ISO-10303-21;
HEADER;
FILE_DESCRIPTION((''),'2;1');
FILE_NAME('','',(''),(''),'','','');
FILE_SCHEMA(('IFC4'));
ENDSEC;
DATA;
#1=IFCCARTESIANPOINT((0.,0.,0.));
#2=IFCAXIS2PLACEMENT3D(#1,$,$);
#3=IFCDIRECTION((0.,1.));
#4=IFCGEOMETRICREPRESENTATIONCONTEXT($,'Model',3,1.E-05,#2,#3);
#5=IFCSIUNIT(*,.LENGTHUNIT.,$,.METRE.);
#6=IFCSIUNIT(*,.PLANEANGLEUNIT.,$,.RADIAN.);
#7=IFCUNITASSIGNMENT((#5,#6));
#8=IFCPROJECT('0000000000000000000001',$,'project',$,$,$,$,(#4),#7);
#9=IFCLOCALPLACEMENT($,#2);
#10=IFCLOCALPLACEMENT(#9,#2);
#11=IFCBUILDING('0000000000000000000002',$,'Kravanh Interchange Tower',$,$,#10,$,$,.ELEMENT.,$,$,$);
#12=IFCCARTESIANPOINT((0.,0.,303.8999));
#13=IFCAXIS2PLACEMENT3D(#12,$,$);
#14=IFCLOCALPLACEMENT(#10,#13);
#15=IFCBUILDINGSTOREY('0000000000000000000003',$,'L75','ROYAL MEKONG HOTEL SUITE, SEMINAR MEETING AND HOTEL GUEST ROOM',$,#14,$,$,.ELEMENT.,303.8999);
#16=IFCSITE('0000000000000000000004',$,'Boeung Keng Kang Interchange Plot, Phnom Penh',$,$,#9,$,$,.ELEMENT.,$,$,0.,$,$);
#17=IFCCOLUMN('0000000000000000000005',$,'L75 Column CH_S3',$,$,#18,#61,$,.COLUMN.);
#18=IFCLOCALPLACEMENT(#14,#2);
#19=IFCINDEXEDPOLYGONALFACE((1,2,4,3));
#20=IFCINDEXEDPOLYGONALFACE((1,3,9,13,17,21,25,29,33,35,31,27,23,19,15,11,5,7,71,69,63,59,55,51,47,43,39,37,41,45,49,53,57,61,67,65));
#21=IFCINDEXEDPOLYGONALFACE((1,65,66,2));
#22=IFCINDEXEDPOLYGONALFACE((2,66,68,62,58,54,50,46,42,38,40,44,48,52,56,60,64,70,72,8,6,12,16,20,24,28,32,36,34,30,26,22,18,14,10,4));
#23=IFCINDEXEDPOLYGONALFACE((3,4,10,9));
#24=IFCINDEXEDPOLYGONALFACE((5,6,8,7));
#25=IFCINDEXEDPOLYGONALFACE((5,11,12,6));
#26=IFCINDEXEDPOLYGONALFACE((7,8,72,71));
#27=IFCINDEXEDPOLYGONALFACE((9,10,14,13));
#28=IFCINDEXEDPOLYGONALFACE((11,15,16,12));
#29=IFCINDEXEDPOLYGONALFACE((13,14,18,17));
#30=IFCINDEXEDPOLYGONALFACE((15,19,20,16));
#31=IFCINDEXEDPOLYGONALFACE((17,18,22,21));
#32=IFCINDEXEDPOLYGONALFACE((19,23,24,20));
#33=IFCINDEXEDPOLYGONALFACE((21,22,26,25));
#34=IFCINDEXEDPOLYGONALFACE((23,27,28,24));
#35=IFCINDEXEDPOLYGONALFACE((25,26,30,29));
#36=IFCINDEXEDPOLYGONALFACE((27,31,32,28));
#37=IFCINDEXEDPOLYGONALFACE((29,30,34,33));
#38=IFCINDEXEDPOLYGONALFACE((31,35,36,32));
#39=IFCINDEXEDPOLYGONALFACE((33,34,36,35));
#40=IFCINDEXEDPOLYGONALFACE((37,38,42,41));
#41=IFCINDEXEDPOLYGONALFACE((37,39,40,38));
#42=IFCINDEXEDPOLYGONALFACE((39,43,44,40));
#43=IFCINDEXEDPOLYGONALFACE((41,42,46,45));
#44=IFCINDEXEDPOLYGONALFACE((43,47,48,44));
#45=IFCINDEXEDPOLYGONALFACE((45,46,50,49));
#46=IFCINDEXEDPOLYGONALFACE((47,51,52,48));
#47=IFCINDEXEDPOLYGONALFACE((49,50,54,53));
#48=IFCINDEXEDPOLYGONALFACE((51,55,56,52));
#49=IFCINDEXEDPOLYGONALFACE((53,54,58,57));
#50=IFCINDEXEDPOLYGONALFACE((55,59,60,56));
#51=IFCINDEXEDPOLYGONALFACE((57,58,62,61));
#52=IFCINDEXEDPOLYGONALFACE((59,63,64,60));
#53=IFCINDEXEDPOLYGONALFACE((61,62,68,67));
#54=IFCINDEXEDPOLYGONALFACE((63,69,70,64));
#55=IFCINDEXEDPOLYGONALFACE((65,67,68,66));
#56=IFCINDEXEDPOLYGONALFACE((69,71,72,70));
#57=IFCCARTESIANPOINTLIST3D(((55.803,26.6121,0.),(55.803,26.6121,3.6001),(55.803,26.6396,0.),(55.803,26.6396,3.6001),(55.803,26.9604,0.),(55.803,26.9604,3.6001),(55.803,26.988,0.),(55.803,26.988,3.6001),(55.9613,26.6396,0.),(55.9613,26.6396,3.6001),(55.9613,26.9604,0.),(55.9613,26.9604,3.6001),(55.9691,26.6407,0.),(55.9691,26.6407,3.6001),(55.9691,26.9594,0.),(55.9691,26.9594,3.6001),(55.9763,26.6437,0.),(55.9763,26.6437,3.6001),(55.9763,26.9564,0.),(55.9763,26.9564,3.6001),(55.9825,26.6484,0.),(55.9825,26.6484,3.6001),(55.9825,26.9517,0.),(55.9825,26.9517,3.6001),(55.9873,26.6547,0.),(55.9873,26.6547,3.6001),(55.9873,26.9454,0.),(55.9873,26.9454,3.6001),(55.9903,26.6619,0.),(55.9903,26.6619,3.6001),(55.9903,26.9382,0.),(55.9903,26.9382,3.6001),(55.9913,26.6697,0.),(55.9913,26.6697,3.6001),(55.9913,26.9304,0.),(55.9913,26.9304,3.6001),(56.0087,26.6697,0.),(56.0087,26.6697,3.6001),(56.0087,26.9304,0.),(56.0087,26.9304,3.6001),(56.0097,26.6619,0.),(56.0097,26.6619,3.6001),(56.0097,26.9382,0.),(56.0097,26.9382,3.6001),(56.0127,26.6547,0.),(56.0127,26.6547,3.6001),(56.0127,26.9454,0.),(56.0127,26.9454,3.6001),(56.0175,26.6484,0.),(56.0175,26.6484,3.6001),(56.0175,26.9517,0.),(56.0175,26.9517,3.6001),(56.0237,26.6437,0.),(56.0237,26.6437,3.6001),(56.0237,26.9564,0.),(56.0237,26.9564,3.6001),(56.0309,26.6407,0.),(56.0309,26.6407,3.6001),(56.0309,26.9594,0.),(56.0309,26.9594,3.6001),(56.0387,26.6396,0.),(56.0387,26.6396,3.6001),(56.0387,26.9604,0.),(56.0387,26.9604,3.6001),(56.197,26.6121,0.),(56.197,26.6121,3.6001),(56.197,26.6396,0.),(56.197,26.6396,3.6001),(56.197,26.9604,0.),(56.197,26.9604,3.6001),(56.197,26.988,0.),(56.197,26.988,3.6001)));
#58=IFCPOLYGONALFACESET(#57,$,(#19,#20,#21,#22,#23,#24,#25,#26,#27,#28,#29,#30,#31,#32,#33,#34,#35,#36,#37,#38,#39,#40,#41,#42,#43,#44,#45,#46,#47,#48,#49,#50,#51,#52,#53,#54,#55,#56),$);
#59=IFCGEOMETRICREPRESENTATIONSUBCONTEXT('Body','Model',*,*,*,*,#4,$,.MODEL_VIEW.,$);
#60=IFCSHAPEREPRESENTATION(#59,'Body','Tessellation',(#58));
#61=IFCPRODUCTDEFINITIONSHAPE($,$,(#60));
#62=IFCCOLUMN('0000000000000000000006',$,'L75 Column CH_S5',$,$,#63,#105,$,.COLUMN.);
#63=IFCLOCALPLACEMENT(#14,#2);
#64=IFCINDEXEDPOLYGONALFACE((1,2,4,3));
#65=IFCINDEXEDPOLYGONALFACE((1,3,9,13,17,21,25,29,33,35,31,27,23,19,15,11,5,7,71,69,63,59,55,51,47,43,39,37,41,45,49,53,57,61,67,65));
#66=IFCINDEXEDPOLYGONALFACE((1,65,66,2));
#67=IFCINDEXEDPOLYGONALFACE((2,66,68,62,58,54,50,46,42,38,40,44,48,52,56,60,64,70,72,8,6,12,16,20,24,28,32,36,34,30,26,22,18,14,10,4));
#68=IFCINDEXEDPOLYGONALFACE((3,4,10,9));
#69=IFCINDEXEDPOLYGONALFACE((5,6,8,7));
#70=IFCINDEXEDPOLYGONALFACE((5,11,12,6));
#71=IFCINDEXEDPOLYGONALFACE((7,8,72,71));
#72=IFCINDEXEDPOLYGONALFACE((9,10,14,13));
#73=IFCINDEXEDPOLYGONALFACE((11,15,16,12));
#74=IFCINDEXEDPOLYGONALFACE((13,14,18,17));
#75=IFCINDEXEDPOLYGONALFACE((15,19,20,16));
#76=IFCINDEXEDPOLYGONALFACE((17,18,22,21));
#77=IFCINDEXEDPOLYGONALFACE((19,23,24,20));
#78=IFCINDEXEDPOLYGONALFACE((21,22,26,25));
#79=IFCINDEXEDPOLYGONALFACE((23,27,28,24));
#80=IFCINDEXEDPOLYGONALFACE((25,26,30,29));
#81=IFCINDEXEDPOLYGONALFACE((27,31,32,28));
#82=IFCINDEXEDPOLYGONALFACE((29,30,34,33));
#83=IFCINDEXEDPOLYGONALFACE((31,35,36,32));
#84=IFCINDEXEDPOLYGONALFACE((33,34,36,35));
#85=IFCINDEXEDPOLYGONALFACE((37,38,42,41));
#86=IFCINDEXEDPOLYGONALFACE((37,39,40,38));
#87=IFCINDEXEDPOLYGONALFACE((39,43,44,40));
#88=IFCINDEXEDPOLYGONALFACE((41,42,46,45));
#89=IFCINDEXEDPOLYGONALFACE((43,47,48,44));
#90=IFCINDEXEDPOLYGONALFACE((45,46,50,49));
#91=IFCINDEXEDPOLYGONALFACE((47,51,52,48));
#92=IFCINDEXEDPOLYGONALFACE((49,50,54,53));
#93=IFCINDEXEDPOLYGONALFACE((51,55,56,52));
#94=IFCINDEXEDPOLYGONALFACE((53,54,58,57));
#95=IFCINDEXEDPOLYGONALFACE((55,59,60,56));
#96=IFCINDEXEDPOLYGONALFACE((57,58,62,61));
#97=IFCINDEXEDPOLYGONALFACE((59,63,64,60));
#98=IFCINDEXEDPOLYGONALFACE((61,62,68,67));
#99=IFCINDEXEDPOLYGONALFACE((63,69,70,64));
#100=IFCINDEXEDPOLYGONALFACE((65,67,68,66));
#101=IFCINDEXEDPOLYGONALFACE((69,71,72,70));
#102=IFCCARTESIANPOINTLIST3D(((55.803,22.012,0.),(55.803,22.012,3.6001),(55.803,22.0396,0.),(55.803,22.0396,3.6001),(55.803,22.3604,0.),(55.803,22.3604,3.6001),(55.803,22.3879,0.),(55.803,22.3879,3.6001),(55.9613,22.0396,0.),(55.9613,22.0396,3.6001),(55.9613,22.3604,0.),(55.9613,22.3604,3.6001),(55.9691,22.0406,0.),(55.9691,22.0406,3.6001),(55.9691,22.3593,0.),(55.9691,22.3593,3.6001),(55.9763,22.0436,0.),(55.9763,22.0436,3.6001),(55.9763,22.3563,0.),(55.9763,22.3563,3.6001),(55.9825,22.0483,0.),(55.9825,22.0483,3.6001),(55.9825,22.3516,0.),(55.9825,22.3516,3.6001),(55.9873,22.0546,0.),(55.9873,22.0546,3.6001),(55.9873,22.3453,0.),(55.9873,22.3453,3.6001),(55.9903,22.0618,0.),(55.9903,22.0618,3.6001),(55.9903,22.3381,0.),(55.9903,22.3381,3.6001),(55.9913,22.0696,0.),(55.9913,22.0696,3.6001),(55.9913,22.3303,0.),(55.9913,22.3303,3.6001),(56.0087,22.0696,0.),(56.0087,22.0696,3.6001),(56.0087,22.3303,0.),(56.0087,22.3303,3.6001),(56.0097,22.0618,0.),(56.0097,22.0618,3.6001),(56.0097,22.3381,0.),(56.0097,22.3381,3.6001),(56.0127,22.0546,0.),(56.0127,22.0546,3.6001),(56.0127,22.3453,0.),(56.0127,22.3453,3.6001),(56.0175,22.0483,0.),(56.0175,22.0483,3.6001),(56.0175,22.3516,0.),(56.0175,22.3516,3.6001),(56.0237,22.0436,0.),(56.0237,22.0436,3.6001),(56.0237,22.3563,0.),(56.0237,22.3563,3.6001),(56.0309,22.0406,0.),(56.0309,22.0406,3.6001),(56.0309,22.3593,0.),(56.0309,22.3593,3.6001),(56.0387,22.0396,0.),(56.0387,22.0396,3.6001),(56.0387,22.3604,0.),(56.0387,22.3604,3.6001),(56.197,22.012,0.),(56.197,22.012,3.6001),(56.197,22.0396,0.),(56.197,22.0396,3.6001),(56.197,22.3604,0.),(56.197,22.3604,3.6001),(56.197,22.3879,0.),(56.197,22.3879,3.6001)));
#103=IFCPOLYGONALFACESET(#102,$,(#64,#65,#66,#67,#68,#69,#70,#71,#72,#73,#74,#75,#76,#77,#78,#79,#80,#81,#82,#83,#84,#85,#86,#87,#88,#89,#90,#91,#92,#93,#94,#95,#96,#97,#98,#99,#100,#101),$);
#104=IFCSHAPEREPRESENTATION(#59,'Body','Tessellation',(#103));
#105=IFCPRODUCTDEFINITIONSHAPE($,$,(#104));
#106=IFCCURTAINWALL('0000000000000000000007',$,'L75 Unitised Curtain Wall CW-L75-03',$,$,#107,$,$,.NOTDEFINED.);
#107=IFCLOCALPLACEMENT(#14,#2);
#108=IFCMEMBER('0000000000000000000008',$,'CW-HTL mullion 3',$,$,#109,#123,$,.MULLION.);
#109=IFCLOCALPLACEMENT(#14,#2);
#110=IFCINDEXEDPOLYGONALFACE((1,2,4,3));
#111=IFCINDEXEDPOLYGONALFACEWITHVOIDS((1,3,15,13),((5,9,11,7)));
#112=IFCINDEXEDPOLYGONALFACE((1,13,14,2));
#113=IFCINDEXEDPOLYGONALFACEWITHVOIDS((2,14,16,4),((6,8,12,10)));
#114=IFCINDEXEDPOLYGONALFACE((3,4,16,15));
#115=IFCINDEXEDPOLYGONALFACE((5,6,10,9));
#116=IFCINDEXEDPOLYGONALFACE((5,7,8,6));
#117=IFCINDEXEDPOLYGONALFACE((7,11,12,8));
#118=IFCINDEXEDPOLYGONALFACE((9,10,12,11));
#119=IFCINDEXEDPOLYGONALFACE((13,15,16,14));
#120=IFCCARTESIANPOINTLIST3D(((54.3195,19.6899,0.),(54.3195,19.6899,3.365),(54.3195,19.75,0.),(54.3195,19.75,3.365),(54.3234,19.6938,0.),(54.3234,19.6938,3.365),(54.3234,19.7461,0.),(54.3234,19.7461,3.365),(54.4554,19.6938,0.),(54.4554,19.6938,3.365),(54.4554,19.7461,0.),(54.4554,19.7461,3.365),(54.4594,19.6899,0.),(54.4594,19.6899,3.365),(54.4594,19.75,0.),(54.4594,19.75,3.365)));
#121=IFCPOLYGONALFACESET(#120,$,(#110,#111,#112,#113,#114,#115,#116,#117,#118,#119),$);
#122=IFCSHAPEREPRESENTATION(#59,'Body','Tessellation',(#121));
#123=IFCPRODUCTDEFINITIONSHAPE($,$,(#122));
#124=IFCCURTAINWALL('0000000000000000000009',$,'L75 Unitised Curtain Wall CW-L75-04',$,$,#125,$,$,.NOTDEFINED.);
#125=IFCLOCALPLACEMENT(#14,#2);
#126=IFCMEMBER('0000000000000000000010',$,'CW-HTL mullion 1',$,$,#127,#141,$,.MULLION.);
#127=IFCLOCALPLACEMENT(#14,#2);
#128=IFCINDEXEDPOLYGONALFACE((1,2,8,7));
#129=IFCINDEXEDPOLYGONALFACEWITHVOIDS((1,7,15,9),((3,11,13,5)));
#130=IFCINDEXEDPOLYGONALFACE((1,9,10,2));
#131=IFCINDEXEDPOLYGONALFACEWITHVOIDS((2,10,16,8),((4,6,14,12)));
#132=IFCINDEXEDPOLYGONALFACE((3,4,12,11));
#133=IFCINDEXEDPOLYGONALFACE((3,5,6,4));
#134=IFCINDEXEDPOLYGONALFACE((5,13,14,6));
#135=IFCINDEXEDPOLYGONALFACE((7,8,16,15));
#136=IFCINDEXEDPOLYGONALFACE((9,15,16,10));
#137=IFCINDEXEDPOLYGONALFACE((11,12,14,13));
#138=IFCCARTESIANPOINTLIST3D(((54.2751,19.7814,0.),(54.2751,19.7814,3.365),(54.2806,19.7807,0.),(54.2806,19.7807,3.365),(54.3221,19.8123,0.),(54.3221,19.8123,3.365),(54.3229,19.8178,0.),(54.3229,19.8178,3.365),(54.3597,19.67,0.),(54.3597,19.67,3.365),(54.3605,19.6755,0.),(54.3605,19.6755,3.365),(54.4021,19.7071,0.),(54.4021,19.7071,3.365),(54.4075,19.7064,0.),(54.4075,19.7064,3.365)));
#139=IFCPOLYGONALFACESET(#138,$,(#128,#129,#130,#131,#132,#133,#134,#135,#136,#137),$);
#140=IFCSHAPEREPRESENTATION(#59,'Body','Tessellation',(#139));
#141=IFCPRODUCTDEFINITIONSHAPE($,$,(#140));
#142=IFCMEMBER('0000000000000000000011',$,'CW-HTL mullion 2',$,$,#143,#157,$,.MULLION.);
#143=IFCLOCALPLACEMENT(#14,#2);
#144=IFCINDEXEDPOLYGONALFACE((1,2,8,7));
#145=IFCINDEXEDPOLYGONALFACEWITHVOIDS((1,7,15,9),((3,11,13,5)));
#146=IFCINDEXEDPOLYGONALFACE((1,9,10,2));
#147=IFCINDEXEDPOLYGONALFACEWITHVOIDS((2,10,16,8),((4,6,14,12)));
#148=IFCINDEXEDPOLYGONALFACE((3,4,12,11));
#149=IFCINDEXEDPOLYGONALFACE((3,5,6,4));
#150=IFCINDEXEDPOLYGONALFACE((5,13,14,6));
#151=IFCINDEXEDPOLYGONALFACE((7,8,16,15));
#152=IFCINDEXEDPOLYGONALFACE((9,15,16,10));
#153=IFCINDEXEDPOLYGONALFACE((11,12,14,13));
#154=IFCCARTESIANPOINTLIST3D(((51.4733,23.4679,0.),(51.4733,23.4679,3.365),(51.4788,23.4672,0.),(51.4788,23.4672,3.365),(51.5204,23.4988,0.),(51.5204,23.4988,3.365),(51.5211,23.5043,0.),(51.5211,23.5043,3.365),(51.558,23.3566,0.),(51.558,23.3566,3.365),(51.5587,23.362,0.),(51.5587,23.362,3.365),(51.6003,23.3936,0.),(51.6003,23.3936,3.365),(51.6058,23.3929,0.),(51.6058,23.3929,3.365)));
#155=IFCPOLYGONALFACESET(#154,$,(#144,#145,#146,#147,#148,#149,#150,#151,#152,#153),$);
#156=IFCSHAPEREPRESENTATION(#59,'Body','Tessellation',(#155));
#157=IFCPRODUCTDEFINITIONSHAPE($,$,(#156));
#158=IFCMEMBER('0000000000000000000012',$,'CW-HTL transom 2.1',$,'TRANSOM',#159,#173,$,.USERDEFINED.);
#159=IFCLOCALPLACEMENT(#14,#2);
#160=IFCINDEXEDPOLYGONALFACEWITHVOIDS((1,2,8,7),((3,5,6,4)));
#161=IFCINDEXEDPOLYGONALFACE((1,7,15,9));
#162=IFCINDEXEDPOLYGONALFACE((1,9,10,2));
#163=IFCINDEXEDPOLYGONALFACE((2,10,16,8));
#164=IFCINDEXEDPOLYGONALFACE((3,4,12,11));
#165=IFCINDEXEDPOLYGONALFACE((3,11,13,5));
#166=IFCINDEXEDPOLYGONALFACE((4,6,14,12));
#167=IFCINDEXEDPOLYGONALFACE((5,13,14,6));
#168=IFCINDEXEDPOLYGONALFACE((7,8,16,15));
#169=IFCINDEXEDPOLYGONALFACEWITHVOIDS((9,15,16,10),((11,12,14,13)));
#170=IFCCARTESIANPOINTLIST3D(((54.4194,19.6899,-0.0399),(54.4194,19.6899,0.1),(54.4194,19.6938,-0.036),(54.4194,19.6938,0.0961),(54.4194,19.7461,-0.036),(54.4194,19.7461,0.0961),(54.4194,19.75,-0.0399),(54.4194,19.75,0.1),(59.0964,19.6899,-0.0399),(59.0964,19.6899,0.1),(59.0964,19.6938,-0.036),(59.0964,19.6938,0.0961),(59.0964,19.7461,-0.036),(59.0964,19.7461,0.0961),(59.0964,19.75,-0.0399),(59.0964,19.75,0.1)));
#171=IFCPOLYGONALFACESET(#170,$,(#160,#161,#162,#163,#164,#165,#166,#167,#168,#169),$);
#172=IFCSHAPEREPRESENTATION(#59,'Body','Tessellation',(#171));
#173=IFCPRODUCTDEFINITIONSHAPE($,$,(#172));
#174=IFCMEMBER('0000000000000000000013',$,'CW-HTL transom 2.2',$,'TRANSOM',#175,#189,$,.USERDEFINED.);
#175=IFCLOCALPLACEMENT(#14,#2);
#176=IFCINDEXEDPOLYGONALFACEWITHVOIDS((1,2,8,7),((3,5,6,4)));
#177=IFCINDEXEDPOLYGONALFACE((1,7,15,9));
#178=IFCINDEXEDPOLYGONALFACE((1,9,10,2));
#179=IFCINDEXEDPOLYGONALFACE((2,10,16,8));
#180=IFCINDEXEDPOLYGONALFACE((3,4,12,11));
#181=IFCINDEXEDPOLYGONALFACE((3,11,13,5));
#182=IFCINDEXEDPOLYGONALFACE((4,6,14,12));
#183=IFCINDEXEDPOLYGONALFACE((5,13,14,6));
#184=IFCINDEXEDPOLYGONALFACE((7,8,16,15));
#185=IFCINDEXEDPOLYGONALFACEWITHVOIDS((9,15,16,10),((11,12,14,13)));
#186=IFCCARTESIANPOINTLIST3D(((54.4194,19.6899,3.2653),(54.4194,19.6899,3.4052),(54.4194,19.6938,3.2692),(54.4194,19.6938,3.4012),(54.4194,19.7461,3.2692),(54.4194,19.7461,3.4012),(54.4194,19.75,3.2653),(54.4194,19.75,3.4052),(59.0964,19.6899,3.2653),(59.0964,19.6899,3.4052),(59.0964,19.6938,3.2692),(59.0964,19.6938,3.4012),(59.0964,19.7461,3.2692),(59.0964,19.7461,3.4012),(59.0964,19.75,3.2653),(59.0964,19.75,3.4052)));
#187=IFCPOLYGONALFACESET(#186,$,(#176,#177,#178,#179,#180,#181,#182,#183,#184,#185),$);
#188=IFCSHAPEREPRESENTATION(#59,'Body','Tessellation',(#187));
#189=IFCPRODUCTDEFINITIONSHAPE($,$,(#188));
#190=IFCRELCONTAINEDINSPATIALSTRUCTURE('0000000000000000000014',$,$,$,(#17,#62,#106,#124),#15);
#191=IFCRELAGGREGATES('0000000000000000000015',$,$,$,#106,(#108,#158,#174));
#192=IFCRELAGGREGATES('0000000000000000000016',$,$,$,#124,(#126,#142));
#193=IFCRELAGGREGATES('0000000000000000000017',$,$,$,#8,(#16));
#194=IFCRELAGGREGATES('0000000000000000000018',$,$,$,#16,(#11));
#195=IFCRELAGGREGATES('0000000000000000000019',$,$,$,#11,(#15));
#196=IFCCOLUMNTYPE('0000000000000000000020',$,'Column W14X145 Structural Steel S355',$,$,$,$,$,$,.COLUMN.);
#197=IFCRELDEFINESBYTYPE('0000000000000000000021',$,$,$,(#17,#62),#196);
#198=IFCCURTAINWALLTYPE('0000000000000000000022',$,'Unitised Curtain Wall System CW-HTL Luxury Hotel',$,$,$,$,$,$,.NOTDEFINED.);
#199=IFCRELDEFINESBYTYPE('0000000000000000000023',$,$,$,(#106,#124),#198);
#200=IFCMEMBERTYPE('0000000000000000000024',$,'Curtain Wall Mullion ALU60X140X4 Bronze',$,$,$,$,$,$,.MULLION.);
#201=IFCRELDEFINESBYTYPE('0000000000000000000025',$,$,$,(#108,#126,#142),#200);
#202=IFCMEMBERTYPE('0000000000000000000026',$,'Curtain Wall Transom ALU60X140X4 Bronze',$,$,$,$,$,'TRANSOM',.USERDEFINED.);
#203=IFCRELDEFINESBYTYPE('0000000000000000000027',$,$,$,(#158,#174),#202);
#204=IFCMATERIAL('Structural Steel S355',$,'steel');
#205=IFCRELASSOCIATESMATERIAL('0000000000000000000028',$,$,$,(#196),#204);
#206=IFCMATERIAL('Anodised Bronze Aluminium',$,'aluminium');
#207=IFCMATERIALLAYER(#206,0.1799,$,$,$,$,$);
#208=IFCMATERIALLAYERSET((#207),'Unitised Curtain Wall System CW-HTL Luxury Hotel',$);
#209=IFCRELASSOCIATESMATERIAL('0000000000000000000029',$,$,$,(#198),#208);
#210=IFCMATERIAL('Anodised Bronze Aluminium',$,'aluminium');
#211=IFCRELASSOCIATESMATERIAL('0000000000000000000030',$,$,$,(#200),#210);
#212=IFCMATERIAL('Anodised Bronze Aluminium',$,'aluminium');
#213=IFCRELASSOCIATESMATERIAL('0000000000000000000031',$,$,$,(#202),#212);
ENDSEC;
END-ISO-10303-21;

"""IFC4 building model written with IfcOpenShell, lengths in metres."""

from ifc_helpers import new_model, si_unit, direction, frame, origin, origin_2d, place, context, subcontext, project, spatial, hollow_rectangle, i_section, extrude, material, layer, layer_set, material_profile, profile_set, type_object, element, aggregate, save


model = new_model("IFC4")

# Units and contexts
model_context = context("Model", 3, precision=1e-05, world=origin(), true_north=direction((0.0, 1.0)))
body_context = subcontext(model_context, "Body", "Model", "MODEL_VIEW")
ifc_project = project(units=[si_unit("LENGTHUNIT", "METRE"), si_unit("PLANEANGLEUNIT", "RADIAN")], contexts=[model_context])

# Site, building, storey
site_placement = place(None, origin())
site = spatial("IfcSite", under=ifc_project, at=site_placement, Name="Boeung Keng Kang Interchange Plot, Phnom Penh", CompositionType="ELEMENT", RefElevation=0.0)
building_placement = place(site_placement, origin())
building = spatial("IfcBuilding", under=site, at=building_placement, Name="Kravanh Interchange Tower", CompositionType="ELEMENT")
storey_placement = place(building_placement, frame((0.0, 0.0, 303.8999)))
storey = spatial("IfcBuildingStorey", under=building, at=storey_placement, Name="L75", Description="ROYAL MEKONG HOTEL SUITE, SEMINAR MEETING AND HOTEL GUEST ROOM", CompositionType="ELEMENT", Elevation=303.8999)

# Columns
ifc_material_1 = material(Name="Structural Steel S355", Category="steel")
ifc_material_profile_1 = material_profile(ifc_material_1, i_section(OverallWidth=0.394, OverallDepth=0.376, WebThickness=0.0173, FlangeThickness=0.0276, FilletRadius=0.03, at=origin_2d()), Name="W14X145")
ifc_profile_set_1 = profile_set([ifc_material_profile_1], Name="Structural Steel S355")
column_type = type_object("IfcColumnType", Name="Column W14X145 Structural Steel S355", PredefinedType="COLUMN", material=ifc_profile_set_1)
for number, where, z_axis, x_axis, name in (
    (1, (56.0, 26.8, 0.0), (0.0, 0.0, 1.0), (1.0, 0.0, 0.0), "L75 Column CH_S3"),
    (2, (56.0, 22.2, 0.0), (0.0, 0.0, 1.0), (1.0, 0.0, 0.0), "L75 Column CH_S5"),
):
    element("IfcColumn", number, at=place(storey_placement, frame(where, z_axis=z_axis, x_axis=x_axis)), inside=storey, type_object=column_type, Name=name, PredefinedType="COLUMN", context=body_context, shape_type="SweptSolid", body=[
        extrude(i_section(OverallWidth=0.394, OverallDepth=0.376, WebThickness=0.0173, FlangeThickness=0.0276, FilletRadius=0.03, at=origin_2d()), origin(), (0.0, 0.0, 1.0), 3.6001),
    ])

# Curtain wall, member
ifc_material_2 = material(Name="Anodised Bronze Aluminium", Category="aluminium")
ifc_layer_1 = layer(ifc_material_2, 0.1799)
ifc_layer_set_1 = layer_set([ifc_layer_1], Name="Unitised Curtain Wall System CW-HTL Luxury Hotel")
curtain_wall_type = type_object("IfcCurtainWallType", Name="Unitised Curtain Wall System CW-HTL Luxury Hotel", PredefinedType="NOTDEFINED", material=ifc_layer_set_1)
curtain_wall_1_placement = place(storey_placement, origin())
curtain_wall_1 = element("IfcCurtainWall", 3, at=curtain_wall_1_placement, inside=storey, type_object=curtain_wall_type, Name="L75 Unitised Curtain Wall CW-L75-03", PredefinedType="NOTDEFINED")
ifc_material_3 = material(Name="Anodised Bronze Aluminium", Category="aluminium")
ifc_material_profile_2 = material_profile(ifc_material_3, hollow_rectangle(XDim=0.0601, YDim=0.1399, WallThickness=0.0039, at=origin_2d()), Name="ALU60X140X4")
ifc_profile_set_2 = profile_set([ifc_material_profile_2], Name="Anodised Bronze Aluminium")
member_type_1 = type_object("IfcMemberType", Name="Curtain Wall Mullion ALU60X140X4 Bronze", PredefinedType="MULLION", material=ifc_profile_set_2)
member_1_placement = place(storey_placement, frame((54.3894, 19.72, 0.0), z_axis=(0.0, 0.0, 1.0), x_axis=(0.0, -1.0, 0.0)))
member_1 = element("IfcMember", 4, at=member_1_placement, type_object=member_type_1, Name="CW-HTL mullion 3", PredefinedType="MULLION", context=body_context, shape_type="SweptSolid", body=[
    extrude(hollow_rectangle(XDim=0.0601, YDim=0.1399, WallThickness=0.0039, at=origin_2d()), origin(), (0.0, 0.0, 1.0), 3.365),
])

# Curtain wall, members
curtain_wall_2_placement = place(storey_placement, origin())
curtain_wall_2 = element("IfcCurtainWall", 5, at=curtain_wall_2_placement, inside=storey, type_object=curtain_wall_type, Name="L75 Unitised Curtain Wall CW-L75-04", PredefinedType="NOTDEFINED")
member_2_placement = place(storey_placement, frame((54.3413, 19.7439, 0.0), z_axis=(0.0, 0.0, 1.0), x_axis=(-0.796162, -0.605084, 0.0)))
member_2 = element("IfcMember", 6, at=member_2_placement, type_object=member_type_1, Name="CW-HTL mullion 1", PredefinedType="MULLION", context=body_context, shape_type="SweptSolid", body=[
    extrude(hollow_rectangle(XDim=0.0601, YDim=0.1399, WallThickness=0.0039, at=origin_2d()), origin(), (0.0, 0.0, 1.0), 3.365),
])
member_3_placement = place(storey_placement, frame((51.5396, 23.4304, 0.0), z_axis=(0.0, 0.0, 1.0), x_axis=(-0.796162, -0.605084, 0.0)))
member_3 = element("IfcMember", 7, at=member_3_placement, type_object=member_type_1, Name="CW-HTL mullion 2", PredefinedType="MULLION", context=body_context, shape_type="SweptSolid", body=[
    extrude(hollow_rectangle(XDim=0.0601, YDim=0.1399, WallThickness=0.0039, at=origin_2d()), origin(), (0.0, 0.0, 1.0), 3.365),
])

# Members
ifc_material_4 = material(Name="Anodised Bronze Aluminium", Category="aluminium")
ifc_material_profile_3 = material_profile(ifc_material_4, hollow_rectangle(XDim=0.0601, YDim=0.1399, WallThickness=0.0039, at=origin_2d()), Name="ALU60X140X4")
ifc_profile_set_3 = profile_set([ifc_material_profile_3], Name="Anodised Bronze Aluminium")
member_type_2 = type_object("IfcMemberType", Name="Curtain Wall Transom ALU60X140X4 Bronze", ElementType="TRANSOM", PredefinedType="USERDEFINED", material=ifc_profile_set_3)
member_4_placement = place(storey_placement, frame((59.0964, 19.72, 0.03), z_axis=(-1.0, 0.0, 0.0), x_axis=(0.0, -1.0, 0.0)))
member_4 = element("IfcMember", 8, at=member_4_placement, type_object=member_type_2, Name="CW-HTL transom 2.1", ObjectType="TRANSOM", PredefinedType="USERDEFINED", context=body_context, shape_type="SweptSolid", body=[
    extrude(hollow_rectangle(XDim=0.0601, YDim=0.1399, WallThickness=0.0039, at=origin_2d()), origin(), (0.0, 0.0, 1.0), 4.677),
])
member_5_placement = place(storey_placement, frame((59.0964, 19.72, 3.3352), z_axis=(-1.0, 0.0, 0.0), x_axis=(0.0, -1.0, 0.0)))
member_5 = element("IfcMember", 9, at=member_5_placement, type_object=member_type_2, Name="CW-HTL transom 2.2", ObjectType="TRANSOM", PredefinedType="USERDEFINED", context=body_context, shape_type="SweptSolid", body=[
    extrude(hollow_rectangle(XDim=0.0601, YDim=0.1399, WallThickness=0.0039, at=origin_2d()), origin(), (0.0, 0.0, 1.0), 4.677),
])

aggregate(curtain_wall_1, [member_1, member_4, member_5])
aggregate(curtain_wall_2, [member_2, member_3])

save(model, "model.ifc")
